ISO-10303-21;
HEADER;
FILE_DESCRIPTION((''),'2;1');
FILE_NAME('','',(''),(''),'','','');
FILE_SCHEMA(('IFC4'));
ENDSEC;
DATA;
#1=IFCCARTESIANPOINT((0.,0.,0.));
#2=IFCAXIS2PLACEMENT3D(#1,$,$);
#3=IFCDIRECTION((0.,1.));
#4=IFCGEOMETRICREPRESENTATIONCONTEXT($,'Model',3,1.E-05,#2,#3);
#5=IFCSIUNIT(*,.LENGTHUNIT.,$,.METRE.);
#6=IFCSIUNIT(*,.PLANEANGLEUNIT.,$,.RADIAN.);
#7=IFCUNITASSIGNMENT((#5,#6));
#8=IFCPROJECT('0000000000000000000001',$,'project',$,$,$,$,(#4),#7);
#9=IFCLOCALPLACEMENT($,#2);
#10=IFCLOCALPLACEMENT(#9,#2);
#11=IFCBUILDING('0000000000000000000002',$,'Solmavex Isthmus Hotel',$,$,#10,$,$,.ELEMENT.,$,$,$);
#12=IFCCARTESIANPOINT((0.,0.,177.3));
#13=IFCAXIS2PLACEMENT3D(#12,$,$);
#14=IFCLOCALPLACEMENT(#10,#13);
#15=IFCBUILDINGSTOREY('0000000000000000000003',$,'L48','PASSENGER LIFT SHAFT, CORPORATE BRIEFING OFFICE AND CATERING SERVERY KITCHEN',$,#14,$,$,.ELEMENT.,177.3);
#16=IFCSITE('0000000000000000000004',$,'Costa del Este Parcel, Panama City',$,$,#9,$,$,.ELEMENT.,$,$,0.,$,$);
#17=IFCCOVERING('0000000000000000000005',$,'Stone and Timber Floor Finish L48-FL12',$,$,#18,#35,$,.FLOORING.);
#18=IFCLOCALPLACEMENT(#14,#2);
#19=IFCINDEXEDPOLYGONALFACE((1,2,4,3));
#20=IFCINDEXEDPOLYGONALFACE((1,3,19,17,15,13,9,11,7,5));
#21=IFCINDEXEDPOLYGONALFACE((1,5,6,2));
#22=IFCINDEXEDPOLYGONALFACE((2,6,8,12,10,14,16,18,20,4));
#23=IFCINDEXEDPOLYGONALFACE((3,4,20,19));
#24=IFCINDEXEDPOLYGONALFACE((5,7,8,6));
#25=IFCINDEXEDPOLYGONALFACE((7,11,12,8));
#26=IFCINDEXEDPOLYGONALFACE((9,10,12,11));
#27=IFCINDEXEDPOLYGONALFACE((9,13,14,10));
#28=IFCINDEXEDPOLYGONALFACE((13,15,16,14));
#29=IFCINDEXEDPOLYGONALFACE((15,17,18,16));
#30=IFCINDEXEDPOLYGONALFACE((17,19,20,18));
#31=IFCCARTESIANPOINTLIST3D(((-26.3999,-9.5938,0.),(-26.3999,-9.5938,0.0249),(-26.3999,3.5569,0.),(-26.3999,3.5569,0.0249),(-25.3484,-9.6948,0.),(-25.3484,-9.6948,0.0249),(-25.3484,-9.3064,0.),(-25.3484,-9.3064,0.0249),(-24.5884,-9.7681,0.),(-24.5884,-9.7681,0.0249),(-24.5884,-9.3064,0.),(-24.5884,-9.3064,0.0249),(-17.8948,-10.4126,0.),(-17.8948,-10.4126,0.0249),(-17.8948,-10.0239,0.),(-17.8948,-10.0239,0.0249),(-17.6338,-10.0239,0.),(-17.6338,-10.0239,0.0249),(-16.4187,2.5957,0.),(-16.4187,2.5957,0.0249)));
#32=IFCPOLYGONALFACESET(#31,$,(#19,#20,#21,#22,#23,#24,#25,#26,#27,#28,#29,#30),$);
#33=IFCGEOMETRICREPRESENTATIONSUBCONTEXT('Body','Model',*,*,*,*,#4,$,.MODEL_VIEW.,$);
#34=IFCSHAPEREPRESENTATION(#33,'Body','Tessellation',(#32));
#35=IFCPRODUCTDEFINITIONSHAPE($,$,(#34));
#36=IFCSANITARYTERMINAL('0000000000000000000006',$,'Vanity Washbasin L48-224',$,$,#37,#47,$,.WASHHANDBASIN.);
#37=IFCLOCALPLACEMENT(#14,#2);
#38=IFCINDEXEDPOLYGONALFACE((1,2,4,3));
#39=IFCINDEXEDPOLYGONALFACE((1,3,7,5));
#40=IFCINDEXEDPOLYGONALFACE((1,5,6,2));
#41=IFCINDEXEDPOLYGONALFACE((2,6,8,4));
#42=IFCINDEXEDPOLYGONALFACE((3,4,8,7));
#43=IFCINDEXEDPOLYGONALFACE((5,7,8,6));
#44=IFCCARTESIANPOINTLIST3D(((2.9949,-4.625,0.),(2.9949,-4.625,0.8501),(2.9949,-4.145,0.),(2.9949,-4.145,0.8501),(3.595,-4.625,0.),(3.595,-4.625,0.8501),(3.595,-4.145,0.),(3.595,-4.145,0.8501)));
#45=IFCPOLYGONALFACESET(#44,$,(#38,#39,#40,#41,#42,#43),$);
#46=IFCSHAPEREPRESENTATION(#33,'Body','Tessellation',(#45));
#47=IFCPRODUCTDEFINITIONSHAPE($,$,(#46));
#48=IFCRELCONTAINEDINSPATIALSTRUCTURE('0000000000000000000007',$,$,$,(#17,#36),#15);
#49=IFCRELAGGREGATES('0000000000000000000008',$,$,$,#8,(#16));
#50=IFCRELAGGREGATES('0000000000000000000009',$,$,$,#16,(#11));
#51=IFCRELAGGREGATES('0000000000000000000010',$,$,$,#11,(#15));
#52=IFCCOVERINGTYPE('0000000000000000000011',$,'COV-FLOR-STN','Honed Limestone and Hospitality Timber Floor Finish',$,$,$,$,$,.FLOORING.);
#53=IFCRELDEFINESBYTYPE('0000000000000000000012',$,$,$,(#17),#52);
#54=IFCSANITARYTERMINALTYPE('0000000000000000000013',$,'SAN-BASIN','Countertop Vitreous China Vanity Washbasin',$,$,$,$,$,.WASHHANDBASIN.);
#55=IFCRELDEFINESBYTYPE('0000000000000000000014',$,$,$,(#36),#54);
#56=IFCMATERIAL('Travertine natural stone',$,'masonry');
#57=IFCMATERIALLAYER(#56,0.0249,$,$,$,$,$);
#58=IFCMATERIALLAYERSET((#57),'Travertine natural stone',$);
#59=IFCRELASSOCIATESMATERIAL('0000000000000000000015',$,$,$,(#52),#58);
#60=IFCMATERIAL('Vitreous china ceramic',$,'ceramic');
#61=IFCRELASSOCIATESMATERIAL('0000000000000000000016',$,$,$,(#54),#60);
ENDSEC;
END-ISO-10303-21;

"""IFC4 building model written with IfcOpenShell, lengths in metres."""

from ifc_helpers import new_model, si_unit, direction, frame, origin, origin_2d, place, context, subcontext, project, spatial, polyline, rectangle, outline, extrude, material, layer, layer_set, type_object, element, save


model = new_model("IFC4")

# Units and contexts
model_context = context("Model", 3, precision=1e-05, world=origin(), true_north=direction((0.0, 1.0)))
body_context = subcontext(model_context, "Body", "Model", "MODEL_VIEW")
ifc_project = project(units=[si_unit("LENGTHUNIT", "METRE"), si_unit("PLANEANGLEUNIT", "RADIAN")], contexts=[model_context])

# Site, building, storey
site_placement = place(None, origin())
site = spatial("IfcSite", under=ifc_project, at=site_placement, Name="Costa del Este Parcel, Panama City", CompositionType="ELEMENT", RefElevation=0.0)
building_placement = place(site_placement, origin())
building = spatial("IfcBuilding", under=site, at=building_placement, Name="Solmavex Isthmus Hotel", CompositionType="ELEMENT")
storey_placement = place(building_placement, frame((0.0, 0.0, 177.3)))
storey = spatial("IfcBuildingStorey", under=building, at=storey_placement, Name="L48", Description="PASSENGER LIFT SHAFT, CORPORATE BRIEFING OFFICE AND CATERING SERVERY KITCHEN", CompositionType="ELEMENT", Elevation=177.3)

# Covering
ifc_material_1 = material(Name="Travertine natural stone", Category="masonry")
ifc_layer_1 = layer(ifc_material_1, 0.0249)
ifc_layer_set_1 = layer_set([ifc_layer_1], Name="Travertine natural stone")
covering_type_1 = type_object("IfcCoveringType", Name="COV-FLOR-STN", Description="Honed Limestone and Hospitality Timber Floor Finish", PredefinedType="FLOORING", material=ifc_layer_set_1)
covering_1_placement = place(storey_placement, origin())
element("IfcCovering", 1, at=covering_1_placement, inside=storey, type_object=covering_type_1, Name="Stone and Timber Floor Finish L48-FL12", PredefinedType="FLOORING", context=body_context, shape_type="SweptSolid", body=[
    extrude(outline(polyline([(-17.8948, -10.4126), (-17.8948, -10.0239), (-17.6338, -10.0239), (-16.4187, 2.5957), (-26.3999, 3.5569), (-26.3999, -9.5938), (-25.3484, -9.6948), (-25.3484, -9.3064), (-24.5884, -9.3064), (-24.5884, -9.7681), (-17.8948, -10.4126)])), origin(), (0.0, 0.0, 1.0), 0.0249),
])

# Sanitary terminal
ifc_material_2 = material(Name="Vitreous china ceramic", Category="ceramic")
sanitary_terminal_type = type_object("IfcSanitaryTerminalType", Name="SAN-BASIN", Description="Countertop Vitreous China Vanity Washbasin", PredefinedType="WASHHANDBASIN", material=ifc_material_2)
sanitary_terminal_placement = place(storey_placement, frame((3.2949, -4.385, 0.0), z_axis=(0.0, 0.0, 1.0), x_axis=(1.0, 0.0, 0.0)))
element("IfcSanitaryTerminal", 2, at=sanitary_terminal_placement, inside=storey, type_object=sanitary_terminal_type, Name="Vanity Washbasin L48-224", PredefinedType="WASHHANDBASIN", context=body_context, shape_type="SweptSolid", body=[
    extrude(rectangle(XDim=0.6001, YDim=0.48, at=origin_2d()), origin(), (0.0, 0.0, 1.0), 0.8501),
])

save(model, "model.ifc")
